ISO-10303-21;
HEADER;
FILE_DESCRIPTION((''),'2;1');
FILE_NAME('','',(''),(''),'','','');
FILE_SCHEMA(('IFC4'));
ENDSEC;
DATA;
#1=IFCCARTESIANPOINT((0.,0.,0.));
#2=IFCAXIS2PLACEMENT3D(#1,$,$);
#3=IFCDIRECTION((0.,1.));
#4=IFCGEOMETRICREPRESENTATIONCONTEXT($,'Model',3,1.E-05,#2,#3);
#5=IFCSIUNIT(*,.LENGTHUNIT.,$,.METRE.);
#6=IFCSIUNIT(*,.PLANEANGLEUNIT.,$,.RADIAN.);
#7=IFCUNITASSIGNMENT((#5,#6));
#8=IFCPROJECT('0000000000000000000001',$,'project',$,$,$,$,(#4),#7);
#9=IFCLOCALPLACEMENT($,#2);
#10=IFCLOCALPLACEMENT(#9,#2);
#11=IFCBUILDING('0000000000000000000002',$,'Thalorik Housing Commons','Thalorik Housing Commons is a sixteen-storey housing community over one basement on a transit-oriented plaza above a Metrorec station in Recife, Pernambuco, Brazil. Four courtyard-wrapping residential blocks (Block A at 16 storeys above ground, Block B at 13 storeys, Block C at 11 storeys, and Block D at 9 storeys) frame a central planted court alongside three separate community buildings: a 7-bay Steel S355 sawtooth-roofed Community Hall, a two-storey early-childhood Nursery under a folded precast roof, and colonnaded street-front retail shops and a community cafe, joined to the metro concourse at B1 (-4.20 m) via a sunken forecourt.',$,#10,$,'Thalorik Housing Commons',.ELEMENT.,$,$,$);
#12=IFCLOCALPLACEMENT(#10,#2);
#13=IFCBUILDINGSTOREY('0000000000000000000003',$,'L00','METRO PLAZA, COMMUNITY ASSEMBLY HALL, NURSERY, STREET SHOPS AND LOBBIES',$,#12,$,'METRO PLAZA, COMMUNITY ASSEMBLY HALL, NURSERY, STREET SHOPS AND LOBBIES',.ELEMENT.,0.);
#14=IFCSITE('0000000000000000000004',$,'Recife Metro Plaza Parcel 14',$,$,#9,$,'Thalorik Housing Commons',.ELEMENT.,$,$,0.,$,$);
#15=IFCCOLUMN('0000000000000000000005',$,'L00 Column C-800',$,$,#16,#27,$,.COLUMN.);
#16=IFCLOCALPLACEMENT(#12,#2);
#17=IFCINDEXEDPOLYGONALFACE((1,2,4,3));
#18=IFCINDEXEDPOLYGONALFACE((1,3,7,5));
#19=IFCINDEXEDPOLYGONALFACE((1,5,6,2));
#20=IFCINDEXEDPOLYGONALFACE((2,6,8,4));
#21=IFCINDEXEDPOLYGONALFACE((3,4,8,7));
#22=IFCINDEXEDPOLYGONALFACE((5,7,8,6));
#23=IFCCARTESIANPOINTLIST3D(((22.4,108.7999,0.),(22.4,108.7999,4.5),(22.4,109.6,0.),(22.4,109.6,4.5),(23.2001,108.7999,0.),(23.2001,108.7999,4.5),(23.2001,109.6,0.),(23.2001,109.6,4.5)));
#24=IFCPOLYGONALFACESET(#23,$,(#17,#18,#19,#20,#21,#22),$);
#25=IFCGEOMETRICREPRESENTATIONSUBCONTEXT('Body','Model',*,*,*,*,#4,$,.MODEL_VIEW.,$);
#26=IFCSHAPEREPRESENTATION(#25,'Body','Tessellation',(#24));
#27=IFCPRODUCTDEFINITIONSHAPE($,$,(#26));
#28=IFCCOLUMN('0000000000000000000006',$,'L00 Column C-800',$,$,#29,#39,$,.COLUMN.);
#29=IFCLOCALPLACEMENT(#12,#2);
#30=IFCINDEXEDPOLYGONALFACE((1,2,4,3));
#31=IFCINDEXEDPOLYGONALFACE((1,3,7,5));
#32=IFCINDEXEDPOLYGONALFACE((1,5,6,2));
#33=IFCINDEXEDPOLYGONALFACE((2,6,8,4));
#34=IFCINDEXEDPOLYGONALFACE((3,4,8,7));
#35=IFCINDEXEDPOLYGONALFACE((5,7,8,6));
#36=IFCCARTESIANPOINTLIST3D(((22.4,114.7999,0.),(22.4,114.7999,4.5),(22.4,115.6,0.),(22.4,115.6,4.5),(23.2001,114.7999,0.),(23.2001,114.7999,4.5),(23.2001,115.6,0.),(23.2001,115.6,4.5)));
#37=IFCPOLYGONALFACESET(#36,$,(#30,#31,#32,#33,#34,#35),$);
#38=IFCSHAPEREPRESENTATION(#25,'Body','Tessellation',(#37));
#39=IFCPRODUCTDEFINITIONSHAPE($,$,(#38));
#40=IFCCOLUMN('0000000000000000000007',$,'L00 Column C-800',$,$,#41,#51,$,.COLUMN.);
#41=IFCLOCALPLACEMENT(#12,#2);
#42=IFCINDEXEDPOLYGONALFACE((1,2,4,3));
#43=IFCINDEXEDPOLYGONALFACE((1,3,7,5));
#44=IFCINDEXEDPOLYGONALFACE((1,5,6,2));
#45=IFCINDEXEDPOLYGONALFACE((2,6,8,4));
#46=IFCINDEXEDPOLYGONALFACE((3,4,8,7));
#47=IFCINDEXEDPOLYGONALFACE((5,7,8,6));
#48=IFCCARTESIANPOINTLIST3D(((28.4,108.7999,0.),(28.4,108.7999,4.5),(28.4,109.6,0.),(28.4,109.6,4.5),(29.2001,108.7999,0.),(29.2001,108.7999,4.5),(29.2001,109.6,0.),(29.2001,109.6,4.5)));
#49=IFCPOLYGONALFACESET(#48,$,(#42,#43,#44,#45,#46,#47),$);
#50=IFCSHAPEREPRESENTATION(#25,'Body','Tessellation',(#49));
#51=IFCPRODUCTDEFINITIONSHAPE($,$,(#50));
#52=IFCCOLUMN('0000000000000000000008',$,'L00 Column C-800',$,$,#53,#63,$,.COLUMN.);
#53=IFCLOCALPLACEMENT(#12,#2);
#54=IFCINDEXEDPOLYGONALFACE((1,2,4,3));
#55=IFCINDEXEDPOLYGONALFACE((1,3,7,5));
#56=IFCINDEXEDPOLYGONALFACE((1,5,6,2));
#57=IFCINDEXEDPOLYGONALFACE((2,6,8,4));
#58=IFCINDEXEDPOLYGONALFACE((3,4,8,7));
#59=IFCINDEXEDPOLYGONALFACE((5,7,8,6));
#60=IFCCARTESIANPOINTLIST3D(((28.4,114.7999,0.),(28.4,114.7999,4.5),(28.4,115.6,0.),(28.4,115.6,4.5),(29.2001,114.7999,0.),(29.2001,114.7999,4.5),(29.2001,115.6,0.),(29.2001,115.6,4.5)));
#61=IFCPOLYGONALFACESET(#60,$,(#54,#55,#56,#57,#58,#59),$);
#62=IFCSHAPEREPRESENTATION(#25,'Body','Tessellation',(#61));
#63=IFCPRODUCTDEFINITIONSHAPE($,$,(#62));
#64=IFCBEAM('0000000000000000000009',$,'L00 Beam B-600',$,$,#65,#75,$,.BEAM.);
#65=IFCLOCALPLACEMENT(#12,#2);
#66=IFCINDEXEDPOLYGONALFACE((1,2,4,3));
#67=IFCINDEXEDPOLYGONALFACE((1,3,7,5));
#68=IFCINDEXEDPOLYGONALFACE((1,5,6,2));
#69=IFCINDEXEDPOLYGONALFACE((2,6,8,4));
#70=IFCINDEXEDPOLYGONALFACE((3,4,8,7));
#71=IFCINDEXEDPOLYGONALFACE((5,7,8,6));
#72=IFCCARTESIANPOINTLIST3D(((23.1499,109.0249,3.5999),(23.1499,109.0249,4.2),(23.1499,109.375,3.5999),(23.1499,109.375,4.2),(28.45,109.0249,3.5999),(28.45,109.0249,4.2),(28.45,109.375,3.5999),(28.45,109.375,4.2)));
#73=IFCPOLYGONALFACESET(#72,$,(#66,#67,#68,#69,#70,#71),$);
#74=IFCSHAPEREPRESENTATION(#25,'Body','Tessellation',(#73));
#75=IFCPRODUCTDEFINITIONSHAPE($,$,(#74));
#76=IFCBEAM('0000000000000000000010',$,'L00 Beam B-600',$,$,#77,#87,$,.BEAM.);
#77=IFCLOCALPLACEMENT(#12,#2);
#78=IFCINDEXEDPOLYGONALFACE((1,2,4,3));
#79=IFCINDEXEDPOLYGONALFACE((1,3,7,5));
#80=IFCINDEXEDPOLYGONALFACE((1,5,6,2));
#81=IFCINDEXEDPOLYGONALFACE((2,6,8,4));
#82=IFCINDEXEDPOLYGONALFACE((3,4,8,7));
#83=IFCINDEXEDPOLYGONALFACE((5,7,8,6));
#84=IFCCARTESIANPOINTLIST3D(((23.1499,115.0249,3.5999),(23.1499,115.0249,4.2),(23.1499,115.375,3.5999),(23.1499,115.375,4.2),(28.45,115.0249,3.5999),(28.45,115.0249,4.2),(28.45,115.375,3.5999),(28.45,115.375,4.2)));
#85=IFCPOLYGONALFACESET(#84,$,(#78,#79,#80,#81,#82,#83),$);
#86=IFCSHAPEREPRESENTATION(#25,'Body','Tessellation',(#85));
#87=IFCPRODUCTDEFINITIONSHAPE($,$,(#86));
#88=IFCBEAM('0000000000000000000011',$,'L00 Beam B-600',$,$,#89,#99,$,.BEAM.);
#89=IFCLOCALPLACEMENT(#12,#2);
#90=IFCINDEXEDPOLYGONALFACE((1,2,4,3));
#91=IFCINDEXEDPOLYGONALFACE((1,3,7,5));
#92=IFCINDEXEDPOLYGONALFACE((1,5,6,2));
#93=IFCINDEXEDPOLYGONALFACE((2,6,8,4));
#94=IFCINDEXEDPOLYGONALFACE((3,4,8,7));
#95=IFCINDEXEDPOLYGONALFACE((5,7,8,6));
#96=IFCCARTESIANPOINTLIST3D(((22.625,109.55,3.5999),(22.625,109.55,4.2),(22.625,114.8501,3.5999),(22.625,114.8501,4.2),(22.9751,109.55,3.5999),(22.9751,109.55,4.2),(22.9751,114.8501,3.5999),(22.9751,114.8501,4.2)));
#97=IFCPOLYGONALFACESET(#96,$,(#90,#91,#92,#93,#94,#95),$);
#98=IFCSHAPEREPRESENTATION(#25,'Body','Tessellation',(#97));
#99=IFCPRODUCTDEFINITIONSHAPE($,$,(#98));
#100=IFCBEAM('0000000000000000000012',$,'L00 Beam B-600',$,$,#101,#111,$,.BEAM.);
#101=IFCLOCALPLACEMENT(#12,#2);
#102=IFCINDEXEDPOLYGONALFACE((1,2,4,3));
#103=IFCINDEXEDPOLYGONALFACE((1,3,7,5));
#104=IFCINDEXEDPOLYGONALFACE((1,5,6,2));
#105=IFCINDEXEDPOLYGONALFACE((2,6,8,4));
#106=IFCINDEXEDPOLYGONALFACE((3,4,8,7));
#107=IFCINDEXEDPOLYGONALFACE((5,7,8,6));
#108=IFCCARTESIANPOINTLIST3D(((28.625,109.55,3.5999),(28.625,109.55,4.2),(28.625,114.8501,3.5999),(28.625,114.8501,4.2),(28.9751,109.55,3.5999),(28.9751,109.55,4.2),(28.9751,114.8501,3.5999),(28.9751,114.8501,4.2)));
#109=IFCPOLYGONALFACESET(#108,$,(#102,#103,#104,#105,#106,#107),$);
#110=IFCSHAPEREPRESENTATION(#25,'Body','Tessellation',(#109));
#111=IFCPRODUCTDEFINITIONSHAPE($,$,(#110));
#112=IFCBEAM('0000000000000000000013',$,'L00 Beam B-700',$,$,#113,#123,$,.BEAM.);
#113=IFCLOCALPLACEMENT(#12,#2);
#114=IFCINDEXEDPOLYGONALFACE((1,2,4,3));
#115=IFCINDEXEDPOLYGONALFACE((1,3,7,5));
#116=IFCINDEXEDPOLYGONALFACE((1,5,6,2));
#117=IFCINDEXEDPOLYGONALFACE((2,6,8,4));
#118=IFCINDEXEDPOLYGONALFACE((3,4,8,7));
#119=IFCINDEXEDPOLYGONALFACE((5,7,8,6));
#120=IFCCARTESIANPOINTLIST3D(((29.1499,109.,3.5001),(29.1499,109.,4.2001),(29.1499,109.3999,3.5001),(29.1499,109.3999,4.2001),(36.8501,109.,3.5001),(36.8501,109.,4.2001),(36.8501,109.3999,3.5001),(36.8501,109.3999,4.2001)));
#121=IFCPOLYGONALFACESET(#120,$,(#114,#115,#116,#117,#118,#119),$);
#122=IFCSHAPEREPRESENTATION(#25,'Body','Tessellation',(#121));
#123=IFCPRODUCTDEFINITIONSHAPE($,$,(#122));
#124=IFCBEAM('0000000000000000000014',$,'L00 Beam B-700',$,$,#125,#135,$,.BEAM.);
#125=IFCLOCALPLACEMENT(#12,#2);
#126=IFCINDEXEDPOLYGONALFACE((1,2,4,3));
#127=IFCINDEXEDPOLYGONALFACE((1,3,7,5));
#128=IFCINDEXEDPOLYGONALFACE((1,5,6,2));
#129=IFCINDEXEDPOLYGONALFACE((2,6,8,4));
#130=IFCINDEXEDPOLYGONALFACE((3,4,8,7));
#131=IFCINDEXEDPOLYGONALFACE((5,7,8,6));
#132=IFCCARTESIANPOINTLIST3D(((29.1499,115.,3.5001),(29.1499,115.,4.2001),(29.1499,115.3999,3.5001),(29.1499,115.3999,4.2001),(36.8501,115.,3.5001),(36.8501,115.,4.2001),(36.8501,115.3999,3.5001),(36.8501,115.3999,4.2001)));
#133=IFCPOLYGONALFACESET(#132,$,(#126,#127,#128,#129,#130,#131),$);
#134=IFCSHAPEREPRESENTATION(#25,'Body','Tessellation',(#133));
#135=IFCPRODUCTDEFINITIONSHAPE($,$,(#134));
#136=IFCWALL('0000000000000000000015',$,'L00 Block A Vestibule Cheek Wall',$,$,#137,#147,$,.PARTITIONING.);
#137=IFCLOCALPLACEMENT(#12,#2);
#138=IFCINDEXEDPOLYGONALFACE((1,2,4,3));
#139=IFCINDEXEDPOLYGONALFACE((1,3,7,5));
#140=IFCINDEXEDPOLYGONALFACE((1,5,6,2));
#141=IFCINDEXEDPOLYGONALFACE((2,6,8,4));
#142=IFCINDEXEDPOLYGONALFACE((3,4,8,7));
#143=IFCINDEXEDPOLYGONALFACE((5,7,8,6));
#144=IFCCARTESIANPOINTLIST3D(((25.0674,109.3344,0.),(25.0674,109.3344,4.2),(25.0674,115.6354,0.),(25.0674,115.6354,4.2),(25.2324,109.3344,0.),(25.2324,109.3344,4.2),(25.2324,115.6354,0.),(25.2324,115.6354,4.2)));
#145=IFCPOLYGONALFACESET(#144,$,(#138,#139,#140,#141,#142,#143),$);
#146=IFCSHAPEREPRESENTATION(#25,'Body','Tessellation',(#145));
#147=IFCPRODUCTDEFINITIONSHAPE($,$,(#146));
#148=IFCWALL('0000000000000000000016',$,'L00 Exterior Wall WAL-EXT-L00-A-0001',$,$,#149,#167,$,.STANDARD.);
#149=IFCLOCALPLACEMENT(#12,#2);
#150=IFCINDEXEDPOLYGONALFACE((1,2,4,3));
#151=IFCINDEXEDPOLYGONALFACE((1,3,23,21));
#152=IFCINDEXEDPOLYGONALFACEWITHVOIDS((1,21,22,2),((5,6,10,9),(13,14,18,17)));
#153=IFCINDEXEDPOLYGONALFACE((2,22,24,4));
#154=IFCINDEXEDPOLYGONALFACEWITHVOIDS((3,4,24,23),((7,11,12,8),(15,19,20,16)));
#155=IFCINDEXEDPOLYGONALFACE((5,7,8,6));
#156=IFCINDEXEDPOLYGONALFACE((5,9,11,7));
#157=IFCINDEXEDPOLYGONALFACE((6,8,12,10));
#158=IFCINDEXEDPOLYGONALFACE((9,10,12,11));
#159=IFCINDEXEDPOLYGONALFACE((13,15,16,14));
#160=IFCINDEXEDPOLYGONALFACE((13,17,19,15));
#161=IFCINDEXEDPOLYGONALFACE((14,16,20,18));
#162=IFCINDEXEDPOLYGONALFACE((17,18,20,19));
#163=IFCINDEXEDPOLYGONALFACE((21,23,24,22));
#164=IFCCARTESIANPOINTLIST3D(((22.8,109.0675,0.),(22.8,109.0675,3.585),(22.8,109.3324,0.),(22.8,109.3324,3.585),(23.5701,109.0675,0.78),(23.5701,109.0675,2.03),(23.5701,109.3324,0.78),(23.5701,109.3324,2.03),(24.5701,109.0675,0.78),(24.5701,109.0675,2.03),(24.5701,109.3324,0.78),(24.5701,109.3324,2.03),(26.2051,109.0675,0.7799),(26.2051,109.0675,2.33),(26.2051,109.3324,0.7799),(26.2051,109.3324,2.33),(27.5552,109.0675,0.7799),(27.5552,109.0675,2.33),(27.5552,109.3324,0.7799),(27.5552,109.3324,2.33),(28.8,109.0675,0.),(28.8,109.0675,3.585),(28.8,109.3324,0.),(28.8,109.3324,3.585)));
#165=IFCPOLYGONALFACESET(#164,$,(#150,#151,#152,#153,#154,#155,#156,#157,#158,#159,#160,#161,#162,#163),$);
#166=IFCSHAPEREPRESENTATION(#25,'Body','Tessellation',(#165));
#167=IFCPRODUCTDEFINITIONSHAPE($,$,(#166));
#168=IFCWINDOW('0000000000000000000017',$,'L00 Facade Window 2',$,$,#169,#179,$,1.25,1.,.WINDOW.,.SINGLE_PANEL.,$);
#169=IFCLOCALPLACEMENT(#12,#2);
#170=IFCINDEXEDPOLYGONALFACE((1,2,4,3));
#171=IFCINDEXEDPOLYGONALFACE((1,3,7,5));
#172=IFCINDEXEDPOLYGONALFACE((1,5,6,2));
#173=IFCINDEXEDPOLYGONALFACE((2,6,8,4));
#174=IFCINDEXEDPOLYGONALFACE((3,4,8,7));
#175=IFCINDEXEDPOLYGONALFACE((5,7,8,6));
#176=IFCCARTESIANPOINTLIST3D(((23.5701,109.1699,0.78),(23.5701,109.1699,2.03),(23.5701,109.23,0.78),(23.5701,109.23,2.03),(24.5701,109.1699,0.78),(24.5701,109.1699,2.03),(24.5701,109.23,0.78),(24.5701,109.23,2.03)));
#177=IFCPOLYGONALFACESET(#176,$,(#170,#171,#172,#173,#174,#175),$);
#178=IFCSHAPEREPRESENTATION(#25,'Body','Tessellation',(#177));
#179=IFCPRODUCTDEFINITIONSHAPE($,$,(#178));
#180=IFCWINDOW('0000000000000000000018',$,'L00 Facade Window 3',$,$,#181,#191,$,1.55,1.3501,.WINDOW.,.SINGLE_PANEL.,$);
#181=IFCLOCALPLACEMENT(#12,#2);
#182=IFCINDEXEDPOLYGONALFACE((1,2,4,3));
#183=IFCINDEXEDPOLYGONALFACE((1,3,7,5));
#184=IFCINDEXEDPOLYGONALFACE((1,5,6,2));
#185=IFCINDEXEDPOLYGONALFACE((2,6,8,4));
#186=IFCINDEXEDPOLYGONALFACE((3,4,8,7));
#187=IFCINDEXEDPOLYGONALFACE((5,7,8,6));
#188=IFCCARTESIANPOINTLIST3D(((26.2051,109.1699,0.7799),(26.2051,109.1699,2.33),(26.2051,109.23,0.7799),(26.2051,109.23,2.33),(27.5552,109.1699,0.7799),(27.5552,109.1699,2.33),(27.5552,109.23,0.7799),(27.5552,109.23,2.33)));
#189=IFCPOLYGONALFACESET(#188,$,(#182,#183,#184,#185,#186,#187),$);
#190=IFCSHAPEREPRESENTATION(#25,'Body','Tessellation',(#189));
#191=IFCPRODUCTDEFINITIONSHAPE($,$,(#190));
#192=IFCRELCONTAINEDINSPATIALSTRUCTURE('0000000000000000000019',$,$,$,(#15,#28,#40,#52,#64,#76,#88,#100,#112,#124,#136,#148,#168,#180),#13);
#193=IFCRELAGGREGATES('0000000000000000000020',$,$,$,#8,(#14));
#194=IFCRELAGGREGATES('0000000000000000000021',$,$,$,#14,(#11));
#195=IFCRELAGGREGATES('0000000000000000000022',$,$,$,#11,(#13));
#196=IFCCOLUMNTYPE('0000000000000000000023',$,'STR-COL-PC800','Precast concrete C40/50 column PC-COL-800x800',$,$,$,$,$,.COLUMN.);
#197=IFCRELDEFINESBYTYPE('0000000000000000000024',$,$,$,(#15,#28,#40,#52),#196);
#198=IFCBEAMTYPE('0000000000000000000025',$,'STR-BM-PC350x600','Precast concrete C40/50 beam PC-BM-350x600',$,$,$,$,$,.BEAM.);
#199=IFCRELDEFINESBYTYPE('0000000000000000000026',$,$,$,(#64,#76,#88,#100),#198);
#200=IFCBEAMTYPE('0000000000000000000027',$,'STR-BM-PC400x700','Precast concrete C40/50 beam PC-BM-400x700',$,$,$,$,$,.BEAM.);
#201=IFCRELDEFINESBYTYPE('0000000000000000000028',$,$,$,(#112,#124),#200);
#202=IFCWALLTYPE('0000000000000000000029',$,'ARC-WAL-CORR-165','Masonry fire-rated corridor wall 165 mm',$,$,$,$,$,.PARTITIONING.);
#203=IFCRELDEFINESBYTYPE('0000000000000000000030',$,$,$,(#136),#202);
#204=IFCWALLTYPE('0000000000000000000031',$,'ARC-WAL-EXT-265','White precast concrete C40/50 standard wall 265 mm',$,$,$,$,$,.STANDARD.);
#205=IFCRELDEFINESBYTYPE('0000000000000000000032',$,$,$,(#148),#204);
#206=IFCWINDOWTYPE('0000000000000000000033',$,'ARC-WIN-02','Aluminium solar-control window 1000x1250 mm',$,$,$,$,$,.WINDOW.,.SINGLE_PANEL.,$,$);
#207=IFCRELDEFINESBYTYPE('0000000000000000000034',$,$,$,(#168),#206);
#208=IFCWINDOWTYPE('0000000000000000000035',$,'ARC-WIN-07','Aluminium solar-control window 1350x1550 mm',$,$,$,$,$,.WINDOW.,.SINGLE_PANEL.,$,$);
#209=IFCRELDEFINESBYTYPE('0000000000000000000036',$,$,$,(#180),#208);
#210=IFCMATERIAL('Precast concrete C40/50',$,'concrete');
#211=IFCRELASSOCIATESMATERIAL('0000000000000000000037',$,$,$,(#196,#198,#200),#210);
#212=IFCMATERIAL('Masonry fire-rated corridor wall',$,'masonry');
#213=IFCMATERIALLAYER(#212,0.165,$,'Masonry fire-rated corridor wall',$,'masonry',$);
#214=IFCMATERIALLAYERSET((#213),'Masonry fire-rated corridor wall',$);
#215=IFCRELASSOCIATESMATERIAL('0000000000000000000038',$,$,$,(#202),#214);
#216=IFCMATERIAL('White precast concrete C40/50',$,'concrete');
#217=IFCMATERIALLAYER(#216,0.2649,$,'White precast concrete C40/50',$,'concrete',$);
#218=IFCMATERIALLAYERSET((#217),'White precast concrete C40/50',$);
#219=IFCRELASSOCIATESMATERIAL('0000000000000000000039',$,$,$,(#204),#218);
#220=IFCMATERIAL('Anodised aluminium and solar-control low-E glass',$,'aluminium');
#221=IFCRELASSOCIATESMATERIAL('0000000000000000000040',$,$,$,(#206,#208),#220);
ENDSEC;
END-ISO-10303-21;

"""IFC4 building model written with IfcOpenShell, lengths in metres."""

from ifc_helpers import new_model, si_unit, direction, frame, frame_2d, origin, origin_2d, place, context, subcontext, project, spatial, rectangle, extrude, material, layer, layer_set, material_profile, profile_set, type_object, element, fill, save


model = new_model("IFC4")

# Units and contexts
model_context = context("Model", 3, precision=1e-05, world=origin(), true_north=direction((0.0, 1.0)))
body_context = subcontext(model_context, "Body", "Model", "MODEL_VIEW")
ifc_project = project(units=[si_unit("LENGTHUNIT", "METRE"), si_unit("PLANEANGLEUNIT", "RADIAN")], contexts=[model_context])

# Site, building, storey
site_placement = place(None, origin())
site = spatial("IfcSite", under=ifc_project, at=site_placement, Name="Recife Metro Plaza Parcel 14", LongName="Thalorik Housing Commons", CompositionType="ELEMENT", RefElevation=0.0)
building_placement = place(site_placement, origin())
building = spatial("IfcBuilding", under=site, at=building_placement, Name="Thalorik Housing Commons", Description="Thalorik Housing Commons is a sixteen-storey housing community over one basement on a transit-oriented plaza above a Metrorec station in Recife, Pernambuco, Brazil. Four courtyard-wrapping residential blocks (Block A at 16 storeys above ground, Block B at 13 storeys, Block C at 11 storeys, and Block D at 9 storeys) frame a central planted court alongside three separate community buildings: a 7-bay Steel S355 sawtooth-roofed Community Hall, a two-storey early-childhood Nursery under a folded precast roof, and colonnaded street-front retail shops and a community cafe, joined to the metro concourse at B1 (-4.20 m) via a sunken forecourt.", LongName="Thalorik Housing Commons", CompositionType="ELEMENT")
storey_placement = place(building_placement, origin())
storey = spatial("IfcBuildingStorey", under=building, at=storey_placement, Name="L00", Description="METRO PLAZA, COMMUNITY ASSEMBLY HALL, NURSERY, STREET SHOPS AND LOBBIES", LongName="METRO PLAZA, COMMUNITY ASSEMBLY HALL, NURSERY, STREET SHOPS AND LOBBIES", CompositionType="ELEMENT", Elevation=0.0)

# Columns
ifc_material_1 = material(Name="Precast concrete C40/50", Category="concrete")
ifc_material_profile_1 = material_profile(ifc_material_1, rectangle(XDim=0.8, YDim=0.8, at=origin_2d()), Name="PC 800x800", Category="concrete")
ifc_profile_set_1 = profile_set([ifc_material_profile_1], Name="Precast concrete C40/50")
column_type = type_object("IfcColumnType", Name="STR-COL-PC800", Description="Precast concrete C40/50 column PC-COL-800x800", PredefinedType="COLUMN", material=ifc_profile_set_1)
for number, where, z_axis, x_axis, name in (
    (1, (22.8, 109.2, 0.0), (0.0, 0.0, 1.0), (1.0, 0.0, 0.0), "L00 Column C-800"),
    (2, (22.8, 115.2, 0.0), (0.0, 0.0, 1.0), (1.0, 0.0, 0.0), "L00 Column C-800"),
    (3, (28.8, 109.2, 0.0), (0.0, 0.0, 1.0), (1.0, 0.0, 0.0), "L00 Column C-800"),
    (4, (28.8, 115.2, 0.0), (0.0, 0.0, 1.0), (1.0, 0.0, 0.0), "L00 Column C-800"),
):
    element("IfcColumn", number, at=place(storey_placement, frame(where, z_axis=z_axis, x_axis=x_axis)), inside=storey, type_object=column_type, Name=name, PredefinedType="COLUMN", context=body_context, shape_type="SweptSolid", body=[
        extrude(rectangle(XDim=0.8, YDim=0.8, at=origin_2d()), origin(), (0.0, 0.0, 1.0), 4.5),
    ])

# Beams
ifc_material_profile_2 = material_profile(ifc_material_1, rectangle(XDim=0.3501, YDim=0.6001, at=origin_2d()), Name="PC 350x600", Category="concrete")
ifc_profile_set_2 = profile_set([ifc_material_profile_2], Name="Precast concrete C40/50")
beam_type_1 = type_object("IfcBeamType", Name="STR-BM-PC350x600", Description="Precast concrete C40/50 beam PC-BM-350x600", PredefinedType="BEAM", material=ifc_profile_set_2)
for number, where, z_axis, x_axis, name in (
    (5, (23.1499, 109.2, 3.8999), (1.0, 0.0, 0.0), (0.0, 1.0, 0.0), "L00 Beam B-600"),
    (6, (23.1499, 115.2, 3.8999), (1.0, 0.0, 0.0), (0.0, 1.0, 0.0), "L00 Beam B-600"),
    (7, (22.8, 109.55, 3.8999), (0.0, 1.0, 0.0), (-1.0, 0.0, 0.0), "L00 Beam B-600"),
    (8, (28.8, 109.55, 3.8999), (0.0, 1.0, 0.0), (-1.0, 0.0, 0.0), "L00 Beam B-600"),
):
    element("IfcBeam", number, at=place(storey_placement, frame(where, z_axis=z_axis, x_axis=x_axis)), inside=storey, type_object=beam_type_1, Name=name, PredefinedType="BEAM", context=body_context, shape_type="SweptSolid", body=[
        extrude(rectangle(XDim=0.3501, YDim=0.6001, at=origin_2d()), origin(), (0.0, 0.0, 1.0), 5.3),
    ])
ifc_material_profile_3 = material_profile(ifc_material_1, rectangle(XDim=0.3999, YDim=0.7, at=origin_2d()), Name="PC 400x700", Category="concrete")
ifc_profile_set_3 = profile_set([ifc_material_profile_3], Name="Precast concrete C40/50")
beam_type_2 = type_object("IfcBeamType", Name="STR-BM-PC400x700", Description="Precast concrete C40/50 beam PC-BM-400x700", PredefinedType="BEAM", material=ifc_profile_set_3)
for number, where, z_axis, x_axis, name in (
    (9, (29.1499, 109.2, 3.8501), (1.0, 0.0, 0.0), (0.0, 1.0, 0.0), "L00 Beam B-700"),
    (10, (29.1499, 115.2, 3.8501), (1.0, 0.0, 0.0), (0.0, 1.0, 0.0), "L00 Beam B-700"),
):
    element("IfcBeam", number, at=place(storey_placement, frame(where, z_axis=z_axis, x_axis=x_axis)), inside=storey, type_object=beam_type_2, Name=name, PredefinedType="BEAM", context=body_context, shape_type="SweptSolid", body=[
        extrude(rectangle(XDim=0.3999, YDim=0.7, at=origin_2d()), origin(), (0.0, 0.0, 1.0), 7.7002),
    ])

# Wall
ifc_material_2 = material(Name="Masonry fire-rated corridor wall", Category="masonry")
ifc_layer_1 = layer(ifc_material_2, 0.165, Name="Masonry fire-rated corridor wall", Category="masonry")
ifc_layer_set_1 = layer_set([ifc_layer_1], Name="Masonry fire-rated corridor wall")
wall_type_1 = type_object("IfcWallType", Name="ARC-WAL-CORR-165", Description="Masonry fire-rated corridor wall 165 mm", PredefinedType="PARTITIONING", material=ifc_layer_set_1)
wall_1_placement = place(storey_placement, frame((25.1499, 109.3345, 0.0), z_axis=(0.0, 0.0, 1.0), x_axis=(0.0, 1.0, 0.0)))
element("IfcWall", 11, at=wall_1_placement, inside=storey, type_object=wall_type_1, Name="L00 Block A Vestibule Cheek Wall", PredefinedType="PARTITIONING", context=body_context, shape_type="SweptSolid", body=[
    extrude(rectangle(XDim=6.301, YDim=0.165, at=frame_2d((3.1504, 0.0))), origin(), (0.0, 0.0, 1.0), 4.2),
])

# Wall, openings, windows
ifc_material_3 = material(Name="White precast concrete C40/50", Category="concrete")
ifc_layer_2 = layer(ifc_material_3, 0.2649, Name="White precast concrete C40/50", Category="concrete")
ifc_layer_set_2 = layer_set([ifc_layer_2], Name="White precast concrete C40/50")
wall_type_2 = type_object("IfcWallType", Name="ARC-WAL-EXT-265", Description="White precast concrete C40/50 standard wall 265 mm", PredefinedType="STANDARD", material=ifc_layer_set_2)
wall_2_placement = place(storey_placement, frame((22.8, 109.2, 0.0), z_axis=(0.0, 0.0, 1.0), x_axis=(1.0, 0.0, 0.0)))
wall_2 = element("IfcWall", 12, at=wall_2_placement, inside=storey, type_object=wall_type_2, Name="L00 Exterior Wall WAL-EXT-L00-A-0001", PredefinedType="STANDARD", context=body_context, shape_type="SweptSolid", body=[
    extrude(rectangle(XDim=6.0, YDim=0.2649, at=frame_2d((3.0, 0.0))), origin(), (0.0, 0.0, 1.0), 3.585),
])
opening_1_placement = place(wall_2_placement, frame((0.77, 0.0, 0.78)))
opening_1 = element("IfcOpeningElement", 13, at=opening_1_placement, cuts=wall_2, PredefinedType="OPENING", context=body_context, shape_type="SweptSolid", body=[
    extrude(rectangle(XDim=1.0, YDim=1.25, at=frame_2d((0.5, 0.625))), frame((0.0, 0.1426, 0.0), z_axis=(0.0, -1.0, 0.0), x_axis=(1.0, 0.0, 0.0)), (0.0, 0.0, 1.0), 0.2849),
])
opening_2_placement = place(wall_2_placement, frame((3.405, 0.0, 0.78)))
opening_2 = element("IfcOpeningElement", 14, at=opening_2_placement, cuts=wall_2, PredefinedType="OPENING", context=body_context, shape_type="SweptSolid", body=[
    extrude(rectangle(XDim=1.3501, YDim=1.55, at=frame_2d((0.675, 0.7749))), frame((0.0, 0.1426, 0.0), z_axis=(0.0, -1.0, 0.0), x_axis=(1.0, 0.0, 0.0)), (0.0, 0.0, 1.0), 0.2849),
])
ifc_material_4 = material(Name="Anodised aluminium and solar-control low-E glass", Category="aluminium")
window_type_1 = type_object("IfcWindowType", Name="ARC-WIN-02", Description="Aluminium solar-control window 1000x1250 mm", PartitioningType="SINGLE_PANEL", PredefinedType="WINDOW", material=ifc_material_4)
window_1_placement = place(opening_1_placement, origin())
window_1 = element("IfcWindow", 15, at=window_1_placement, inside=storey, type_object=window_type_1, Name="L00 Facade Window 2", OverallHeight=1.25, OverallWidth=1.0, PartitioningType="SINGLE_PANEL", PredefinedType="WINDOW", context=body_context, shape_type="SweptSolid", body=[
    extrude(rectangle(XDim=1.0, YDim=1.25, at=frame_2d((0.5, 0.625))), frame((0.0, 0.03, 0.0), z_axis=(0.0, -1.0, 0.0), x_axis=(1.0, 0.0, 0.0)), (0.0, 0.0, 1.0), 0.0601),
])
fill(opening_1, window_1)
window_type_2 = type_object("IfcWindowType", Name="ARC-WIN-07", Description="Aluminium solar-control window 1350x1550 mm", PartitioningType="SINGLE_PANEL", PredefinedType="WINDOW", material=ifc_material_4)
window_2_placement = place(opening_2_placement, origin())
window_2 = element("IfcWindow", 16, at=window_2_placement, inside=storey, type_object=window_type_2, Name="L00 Facade Window 3", OverallHeight=1.55, OverallWidth=1.3501, PartitioningType="SINGLE_PANEL", PredefinedType="WINDOW", context=body_context, shape_type="SweptSolid", body=[
    extrude(rectangle(XDim=1.3501, YDim=1.55, at=frame_2d((0.675, 0.7749))), frame((0.0, 0.03, 0.0), z_axis=(0.0, -1.0, 0.0), x_axis=(1.0, 0.0, 0.0)), (0.0, 0.0, 1.0), 0.0601),
])
fill(opening_2, window_2)

save(model, "model.ifc")
